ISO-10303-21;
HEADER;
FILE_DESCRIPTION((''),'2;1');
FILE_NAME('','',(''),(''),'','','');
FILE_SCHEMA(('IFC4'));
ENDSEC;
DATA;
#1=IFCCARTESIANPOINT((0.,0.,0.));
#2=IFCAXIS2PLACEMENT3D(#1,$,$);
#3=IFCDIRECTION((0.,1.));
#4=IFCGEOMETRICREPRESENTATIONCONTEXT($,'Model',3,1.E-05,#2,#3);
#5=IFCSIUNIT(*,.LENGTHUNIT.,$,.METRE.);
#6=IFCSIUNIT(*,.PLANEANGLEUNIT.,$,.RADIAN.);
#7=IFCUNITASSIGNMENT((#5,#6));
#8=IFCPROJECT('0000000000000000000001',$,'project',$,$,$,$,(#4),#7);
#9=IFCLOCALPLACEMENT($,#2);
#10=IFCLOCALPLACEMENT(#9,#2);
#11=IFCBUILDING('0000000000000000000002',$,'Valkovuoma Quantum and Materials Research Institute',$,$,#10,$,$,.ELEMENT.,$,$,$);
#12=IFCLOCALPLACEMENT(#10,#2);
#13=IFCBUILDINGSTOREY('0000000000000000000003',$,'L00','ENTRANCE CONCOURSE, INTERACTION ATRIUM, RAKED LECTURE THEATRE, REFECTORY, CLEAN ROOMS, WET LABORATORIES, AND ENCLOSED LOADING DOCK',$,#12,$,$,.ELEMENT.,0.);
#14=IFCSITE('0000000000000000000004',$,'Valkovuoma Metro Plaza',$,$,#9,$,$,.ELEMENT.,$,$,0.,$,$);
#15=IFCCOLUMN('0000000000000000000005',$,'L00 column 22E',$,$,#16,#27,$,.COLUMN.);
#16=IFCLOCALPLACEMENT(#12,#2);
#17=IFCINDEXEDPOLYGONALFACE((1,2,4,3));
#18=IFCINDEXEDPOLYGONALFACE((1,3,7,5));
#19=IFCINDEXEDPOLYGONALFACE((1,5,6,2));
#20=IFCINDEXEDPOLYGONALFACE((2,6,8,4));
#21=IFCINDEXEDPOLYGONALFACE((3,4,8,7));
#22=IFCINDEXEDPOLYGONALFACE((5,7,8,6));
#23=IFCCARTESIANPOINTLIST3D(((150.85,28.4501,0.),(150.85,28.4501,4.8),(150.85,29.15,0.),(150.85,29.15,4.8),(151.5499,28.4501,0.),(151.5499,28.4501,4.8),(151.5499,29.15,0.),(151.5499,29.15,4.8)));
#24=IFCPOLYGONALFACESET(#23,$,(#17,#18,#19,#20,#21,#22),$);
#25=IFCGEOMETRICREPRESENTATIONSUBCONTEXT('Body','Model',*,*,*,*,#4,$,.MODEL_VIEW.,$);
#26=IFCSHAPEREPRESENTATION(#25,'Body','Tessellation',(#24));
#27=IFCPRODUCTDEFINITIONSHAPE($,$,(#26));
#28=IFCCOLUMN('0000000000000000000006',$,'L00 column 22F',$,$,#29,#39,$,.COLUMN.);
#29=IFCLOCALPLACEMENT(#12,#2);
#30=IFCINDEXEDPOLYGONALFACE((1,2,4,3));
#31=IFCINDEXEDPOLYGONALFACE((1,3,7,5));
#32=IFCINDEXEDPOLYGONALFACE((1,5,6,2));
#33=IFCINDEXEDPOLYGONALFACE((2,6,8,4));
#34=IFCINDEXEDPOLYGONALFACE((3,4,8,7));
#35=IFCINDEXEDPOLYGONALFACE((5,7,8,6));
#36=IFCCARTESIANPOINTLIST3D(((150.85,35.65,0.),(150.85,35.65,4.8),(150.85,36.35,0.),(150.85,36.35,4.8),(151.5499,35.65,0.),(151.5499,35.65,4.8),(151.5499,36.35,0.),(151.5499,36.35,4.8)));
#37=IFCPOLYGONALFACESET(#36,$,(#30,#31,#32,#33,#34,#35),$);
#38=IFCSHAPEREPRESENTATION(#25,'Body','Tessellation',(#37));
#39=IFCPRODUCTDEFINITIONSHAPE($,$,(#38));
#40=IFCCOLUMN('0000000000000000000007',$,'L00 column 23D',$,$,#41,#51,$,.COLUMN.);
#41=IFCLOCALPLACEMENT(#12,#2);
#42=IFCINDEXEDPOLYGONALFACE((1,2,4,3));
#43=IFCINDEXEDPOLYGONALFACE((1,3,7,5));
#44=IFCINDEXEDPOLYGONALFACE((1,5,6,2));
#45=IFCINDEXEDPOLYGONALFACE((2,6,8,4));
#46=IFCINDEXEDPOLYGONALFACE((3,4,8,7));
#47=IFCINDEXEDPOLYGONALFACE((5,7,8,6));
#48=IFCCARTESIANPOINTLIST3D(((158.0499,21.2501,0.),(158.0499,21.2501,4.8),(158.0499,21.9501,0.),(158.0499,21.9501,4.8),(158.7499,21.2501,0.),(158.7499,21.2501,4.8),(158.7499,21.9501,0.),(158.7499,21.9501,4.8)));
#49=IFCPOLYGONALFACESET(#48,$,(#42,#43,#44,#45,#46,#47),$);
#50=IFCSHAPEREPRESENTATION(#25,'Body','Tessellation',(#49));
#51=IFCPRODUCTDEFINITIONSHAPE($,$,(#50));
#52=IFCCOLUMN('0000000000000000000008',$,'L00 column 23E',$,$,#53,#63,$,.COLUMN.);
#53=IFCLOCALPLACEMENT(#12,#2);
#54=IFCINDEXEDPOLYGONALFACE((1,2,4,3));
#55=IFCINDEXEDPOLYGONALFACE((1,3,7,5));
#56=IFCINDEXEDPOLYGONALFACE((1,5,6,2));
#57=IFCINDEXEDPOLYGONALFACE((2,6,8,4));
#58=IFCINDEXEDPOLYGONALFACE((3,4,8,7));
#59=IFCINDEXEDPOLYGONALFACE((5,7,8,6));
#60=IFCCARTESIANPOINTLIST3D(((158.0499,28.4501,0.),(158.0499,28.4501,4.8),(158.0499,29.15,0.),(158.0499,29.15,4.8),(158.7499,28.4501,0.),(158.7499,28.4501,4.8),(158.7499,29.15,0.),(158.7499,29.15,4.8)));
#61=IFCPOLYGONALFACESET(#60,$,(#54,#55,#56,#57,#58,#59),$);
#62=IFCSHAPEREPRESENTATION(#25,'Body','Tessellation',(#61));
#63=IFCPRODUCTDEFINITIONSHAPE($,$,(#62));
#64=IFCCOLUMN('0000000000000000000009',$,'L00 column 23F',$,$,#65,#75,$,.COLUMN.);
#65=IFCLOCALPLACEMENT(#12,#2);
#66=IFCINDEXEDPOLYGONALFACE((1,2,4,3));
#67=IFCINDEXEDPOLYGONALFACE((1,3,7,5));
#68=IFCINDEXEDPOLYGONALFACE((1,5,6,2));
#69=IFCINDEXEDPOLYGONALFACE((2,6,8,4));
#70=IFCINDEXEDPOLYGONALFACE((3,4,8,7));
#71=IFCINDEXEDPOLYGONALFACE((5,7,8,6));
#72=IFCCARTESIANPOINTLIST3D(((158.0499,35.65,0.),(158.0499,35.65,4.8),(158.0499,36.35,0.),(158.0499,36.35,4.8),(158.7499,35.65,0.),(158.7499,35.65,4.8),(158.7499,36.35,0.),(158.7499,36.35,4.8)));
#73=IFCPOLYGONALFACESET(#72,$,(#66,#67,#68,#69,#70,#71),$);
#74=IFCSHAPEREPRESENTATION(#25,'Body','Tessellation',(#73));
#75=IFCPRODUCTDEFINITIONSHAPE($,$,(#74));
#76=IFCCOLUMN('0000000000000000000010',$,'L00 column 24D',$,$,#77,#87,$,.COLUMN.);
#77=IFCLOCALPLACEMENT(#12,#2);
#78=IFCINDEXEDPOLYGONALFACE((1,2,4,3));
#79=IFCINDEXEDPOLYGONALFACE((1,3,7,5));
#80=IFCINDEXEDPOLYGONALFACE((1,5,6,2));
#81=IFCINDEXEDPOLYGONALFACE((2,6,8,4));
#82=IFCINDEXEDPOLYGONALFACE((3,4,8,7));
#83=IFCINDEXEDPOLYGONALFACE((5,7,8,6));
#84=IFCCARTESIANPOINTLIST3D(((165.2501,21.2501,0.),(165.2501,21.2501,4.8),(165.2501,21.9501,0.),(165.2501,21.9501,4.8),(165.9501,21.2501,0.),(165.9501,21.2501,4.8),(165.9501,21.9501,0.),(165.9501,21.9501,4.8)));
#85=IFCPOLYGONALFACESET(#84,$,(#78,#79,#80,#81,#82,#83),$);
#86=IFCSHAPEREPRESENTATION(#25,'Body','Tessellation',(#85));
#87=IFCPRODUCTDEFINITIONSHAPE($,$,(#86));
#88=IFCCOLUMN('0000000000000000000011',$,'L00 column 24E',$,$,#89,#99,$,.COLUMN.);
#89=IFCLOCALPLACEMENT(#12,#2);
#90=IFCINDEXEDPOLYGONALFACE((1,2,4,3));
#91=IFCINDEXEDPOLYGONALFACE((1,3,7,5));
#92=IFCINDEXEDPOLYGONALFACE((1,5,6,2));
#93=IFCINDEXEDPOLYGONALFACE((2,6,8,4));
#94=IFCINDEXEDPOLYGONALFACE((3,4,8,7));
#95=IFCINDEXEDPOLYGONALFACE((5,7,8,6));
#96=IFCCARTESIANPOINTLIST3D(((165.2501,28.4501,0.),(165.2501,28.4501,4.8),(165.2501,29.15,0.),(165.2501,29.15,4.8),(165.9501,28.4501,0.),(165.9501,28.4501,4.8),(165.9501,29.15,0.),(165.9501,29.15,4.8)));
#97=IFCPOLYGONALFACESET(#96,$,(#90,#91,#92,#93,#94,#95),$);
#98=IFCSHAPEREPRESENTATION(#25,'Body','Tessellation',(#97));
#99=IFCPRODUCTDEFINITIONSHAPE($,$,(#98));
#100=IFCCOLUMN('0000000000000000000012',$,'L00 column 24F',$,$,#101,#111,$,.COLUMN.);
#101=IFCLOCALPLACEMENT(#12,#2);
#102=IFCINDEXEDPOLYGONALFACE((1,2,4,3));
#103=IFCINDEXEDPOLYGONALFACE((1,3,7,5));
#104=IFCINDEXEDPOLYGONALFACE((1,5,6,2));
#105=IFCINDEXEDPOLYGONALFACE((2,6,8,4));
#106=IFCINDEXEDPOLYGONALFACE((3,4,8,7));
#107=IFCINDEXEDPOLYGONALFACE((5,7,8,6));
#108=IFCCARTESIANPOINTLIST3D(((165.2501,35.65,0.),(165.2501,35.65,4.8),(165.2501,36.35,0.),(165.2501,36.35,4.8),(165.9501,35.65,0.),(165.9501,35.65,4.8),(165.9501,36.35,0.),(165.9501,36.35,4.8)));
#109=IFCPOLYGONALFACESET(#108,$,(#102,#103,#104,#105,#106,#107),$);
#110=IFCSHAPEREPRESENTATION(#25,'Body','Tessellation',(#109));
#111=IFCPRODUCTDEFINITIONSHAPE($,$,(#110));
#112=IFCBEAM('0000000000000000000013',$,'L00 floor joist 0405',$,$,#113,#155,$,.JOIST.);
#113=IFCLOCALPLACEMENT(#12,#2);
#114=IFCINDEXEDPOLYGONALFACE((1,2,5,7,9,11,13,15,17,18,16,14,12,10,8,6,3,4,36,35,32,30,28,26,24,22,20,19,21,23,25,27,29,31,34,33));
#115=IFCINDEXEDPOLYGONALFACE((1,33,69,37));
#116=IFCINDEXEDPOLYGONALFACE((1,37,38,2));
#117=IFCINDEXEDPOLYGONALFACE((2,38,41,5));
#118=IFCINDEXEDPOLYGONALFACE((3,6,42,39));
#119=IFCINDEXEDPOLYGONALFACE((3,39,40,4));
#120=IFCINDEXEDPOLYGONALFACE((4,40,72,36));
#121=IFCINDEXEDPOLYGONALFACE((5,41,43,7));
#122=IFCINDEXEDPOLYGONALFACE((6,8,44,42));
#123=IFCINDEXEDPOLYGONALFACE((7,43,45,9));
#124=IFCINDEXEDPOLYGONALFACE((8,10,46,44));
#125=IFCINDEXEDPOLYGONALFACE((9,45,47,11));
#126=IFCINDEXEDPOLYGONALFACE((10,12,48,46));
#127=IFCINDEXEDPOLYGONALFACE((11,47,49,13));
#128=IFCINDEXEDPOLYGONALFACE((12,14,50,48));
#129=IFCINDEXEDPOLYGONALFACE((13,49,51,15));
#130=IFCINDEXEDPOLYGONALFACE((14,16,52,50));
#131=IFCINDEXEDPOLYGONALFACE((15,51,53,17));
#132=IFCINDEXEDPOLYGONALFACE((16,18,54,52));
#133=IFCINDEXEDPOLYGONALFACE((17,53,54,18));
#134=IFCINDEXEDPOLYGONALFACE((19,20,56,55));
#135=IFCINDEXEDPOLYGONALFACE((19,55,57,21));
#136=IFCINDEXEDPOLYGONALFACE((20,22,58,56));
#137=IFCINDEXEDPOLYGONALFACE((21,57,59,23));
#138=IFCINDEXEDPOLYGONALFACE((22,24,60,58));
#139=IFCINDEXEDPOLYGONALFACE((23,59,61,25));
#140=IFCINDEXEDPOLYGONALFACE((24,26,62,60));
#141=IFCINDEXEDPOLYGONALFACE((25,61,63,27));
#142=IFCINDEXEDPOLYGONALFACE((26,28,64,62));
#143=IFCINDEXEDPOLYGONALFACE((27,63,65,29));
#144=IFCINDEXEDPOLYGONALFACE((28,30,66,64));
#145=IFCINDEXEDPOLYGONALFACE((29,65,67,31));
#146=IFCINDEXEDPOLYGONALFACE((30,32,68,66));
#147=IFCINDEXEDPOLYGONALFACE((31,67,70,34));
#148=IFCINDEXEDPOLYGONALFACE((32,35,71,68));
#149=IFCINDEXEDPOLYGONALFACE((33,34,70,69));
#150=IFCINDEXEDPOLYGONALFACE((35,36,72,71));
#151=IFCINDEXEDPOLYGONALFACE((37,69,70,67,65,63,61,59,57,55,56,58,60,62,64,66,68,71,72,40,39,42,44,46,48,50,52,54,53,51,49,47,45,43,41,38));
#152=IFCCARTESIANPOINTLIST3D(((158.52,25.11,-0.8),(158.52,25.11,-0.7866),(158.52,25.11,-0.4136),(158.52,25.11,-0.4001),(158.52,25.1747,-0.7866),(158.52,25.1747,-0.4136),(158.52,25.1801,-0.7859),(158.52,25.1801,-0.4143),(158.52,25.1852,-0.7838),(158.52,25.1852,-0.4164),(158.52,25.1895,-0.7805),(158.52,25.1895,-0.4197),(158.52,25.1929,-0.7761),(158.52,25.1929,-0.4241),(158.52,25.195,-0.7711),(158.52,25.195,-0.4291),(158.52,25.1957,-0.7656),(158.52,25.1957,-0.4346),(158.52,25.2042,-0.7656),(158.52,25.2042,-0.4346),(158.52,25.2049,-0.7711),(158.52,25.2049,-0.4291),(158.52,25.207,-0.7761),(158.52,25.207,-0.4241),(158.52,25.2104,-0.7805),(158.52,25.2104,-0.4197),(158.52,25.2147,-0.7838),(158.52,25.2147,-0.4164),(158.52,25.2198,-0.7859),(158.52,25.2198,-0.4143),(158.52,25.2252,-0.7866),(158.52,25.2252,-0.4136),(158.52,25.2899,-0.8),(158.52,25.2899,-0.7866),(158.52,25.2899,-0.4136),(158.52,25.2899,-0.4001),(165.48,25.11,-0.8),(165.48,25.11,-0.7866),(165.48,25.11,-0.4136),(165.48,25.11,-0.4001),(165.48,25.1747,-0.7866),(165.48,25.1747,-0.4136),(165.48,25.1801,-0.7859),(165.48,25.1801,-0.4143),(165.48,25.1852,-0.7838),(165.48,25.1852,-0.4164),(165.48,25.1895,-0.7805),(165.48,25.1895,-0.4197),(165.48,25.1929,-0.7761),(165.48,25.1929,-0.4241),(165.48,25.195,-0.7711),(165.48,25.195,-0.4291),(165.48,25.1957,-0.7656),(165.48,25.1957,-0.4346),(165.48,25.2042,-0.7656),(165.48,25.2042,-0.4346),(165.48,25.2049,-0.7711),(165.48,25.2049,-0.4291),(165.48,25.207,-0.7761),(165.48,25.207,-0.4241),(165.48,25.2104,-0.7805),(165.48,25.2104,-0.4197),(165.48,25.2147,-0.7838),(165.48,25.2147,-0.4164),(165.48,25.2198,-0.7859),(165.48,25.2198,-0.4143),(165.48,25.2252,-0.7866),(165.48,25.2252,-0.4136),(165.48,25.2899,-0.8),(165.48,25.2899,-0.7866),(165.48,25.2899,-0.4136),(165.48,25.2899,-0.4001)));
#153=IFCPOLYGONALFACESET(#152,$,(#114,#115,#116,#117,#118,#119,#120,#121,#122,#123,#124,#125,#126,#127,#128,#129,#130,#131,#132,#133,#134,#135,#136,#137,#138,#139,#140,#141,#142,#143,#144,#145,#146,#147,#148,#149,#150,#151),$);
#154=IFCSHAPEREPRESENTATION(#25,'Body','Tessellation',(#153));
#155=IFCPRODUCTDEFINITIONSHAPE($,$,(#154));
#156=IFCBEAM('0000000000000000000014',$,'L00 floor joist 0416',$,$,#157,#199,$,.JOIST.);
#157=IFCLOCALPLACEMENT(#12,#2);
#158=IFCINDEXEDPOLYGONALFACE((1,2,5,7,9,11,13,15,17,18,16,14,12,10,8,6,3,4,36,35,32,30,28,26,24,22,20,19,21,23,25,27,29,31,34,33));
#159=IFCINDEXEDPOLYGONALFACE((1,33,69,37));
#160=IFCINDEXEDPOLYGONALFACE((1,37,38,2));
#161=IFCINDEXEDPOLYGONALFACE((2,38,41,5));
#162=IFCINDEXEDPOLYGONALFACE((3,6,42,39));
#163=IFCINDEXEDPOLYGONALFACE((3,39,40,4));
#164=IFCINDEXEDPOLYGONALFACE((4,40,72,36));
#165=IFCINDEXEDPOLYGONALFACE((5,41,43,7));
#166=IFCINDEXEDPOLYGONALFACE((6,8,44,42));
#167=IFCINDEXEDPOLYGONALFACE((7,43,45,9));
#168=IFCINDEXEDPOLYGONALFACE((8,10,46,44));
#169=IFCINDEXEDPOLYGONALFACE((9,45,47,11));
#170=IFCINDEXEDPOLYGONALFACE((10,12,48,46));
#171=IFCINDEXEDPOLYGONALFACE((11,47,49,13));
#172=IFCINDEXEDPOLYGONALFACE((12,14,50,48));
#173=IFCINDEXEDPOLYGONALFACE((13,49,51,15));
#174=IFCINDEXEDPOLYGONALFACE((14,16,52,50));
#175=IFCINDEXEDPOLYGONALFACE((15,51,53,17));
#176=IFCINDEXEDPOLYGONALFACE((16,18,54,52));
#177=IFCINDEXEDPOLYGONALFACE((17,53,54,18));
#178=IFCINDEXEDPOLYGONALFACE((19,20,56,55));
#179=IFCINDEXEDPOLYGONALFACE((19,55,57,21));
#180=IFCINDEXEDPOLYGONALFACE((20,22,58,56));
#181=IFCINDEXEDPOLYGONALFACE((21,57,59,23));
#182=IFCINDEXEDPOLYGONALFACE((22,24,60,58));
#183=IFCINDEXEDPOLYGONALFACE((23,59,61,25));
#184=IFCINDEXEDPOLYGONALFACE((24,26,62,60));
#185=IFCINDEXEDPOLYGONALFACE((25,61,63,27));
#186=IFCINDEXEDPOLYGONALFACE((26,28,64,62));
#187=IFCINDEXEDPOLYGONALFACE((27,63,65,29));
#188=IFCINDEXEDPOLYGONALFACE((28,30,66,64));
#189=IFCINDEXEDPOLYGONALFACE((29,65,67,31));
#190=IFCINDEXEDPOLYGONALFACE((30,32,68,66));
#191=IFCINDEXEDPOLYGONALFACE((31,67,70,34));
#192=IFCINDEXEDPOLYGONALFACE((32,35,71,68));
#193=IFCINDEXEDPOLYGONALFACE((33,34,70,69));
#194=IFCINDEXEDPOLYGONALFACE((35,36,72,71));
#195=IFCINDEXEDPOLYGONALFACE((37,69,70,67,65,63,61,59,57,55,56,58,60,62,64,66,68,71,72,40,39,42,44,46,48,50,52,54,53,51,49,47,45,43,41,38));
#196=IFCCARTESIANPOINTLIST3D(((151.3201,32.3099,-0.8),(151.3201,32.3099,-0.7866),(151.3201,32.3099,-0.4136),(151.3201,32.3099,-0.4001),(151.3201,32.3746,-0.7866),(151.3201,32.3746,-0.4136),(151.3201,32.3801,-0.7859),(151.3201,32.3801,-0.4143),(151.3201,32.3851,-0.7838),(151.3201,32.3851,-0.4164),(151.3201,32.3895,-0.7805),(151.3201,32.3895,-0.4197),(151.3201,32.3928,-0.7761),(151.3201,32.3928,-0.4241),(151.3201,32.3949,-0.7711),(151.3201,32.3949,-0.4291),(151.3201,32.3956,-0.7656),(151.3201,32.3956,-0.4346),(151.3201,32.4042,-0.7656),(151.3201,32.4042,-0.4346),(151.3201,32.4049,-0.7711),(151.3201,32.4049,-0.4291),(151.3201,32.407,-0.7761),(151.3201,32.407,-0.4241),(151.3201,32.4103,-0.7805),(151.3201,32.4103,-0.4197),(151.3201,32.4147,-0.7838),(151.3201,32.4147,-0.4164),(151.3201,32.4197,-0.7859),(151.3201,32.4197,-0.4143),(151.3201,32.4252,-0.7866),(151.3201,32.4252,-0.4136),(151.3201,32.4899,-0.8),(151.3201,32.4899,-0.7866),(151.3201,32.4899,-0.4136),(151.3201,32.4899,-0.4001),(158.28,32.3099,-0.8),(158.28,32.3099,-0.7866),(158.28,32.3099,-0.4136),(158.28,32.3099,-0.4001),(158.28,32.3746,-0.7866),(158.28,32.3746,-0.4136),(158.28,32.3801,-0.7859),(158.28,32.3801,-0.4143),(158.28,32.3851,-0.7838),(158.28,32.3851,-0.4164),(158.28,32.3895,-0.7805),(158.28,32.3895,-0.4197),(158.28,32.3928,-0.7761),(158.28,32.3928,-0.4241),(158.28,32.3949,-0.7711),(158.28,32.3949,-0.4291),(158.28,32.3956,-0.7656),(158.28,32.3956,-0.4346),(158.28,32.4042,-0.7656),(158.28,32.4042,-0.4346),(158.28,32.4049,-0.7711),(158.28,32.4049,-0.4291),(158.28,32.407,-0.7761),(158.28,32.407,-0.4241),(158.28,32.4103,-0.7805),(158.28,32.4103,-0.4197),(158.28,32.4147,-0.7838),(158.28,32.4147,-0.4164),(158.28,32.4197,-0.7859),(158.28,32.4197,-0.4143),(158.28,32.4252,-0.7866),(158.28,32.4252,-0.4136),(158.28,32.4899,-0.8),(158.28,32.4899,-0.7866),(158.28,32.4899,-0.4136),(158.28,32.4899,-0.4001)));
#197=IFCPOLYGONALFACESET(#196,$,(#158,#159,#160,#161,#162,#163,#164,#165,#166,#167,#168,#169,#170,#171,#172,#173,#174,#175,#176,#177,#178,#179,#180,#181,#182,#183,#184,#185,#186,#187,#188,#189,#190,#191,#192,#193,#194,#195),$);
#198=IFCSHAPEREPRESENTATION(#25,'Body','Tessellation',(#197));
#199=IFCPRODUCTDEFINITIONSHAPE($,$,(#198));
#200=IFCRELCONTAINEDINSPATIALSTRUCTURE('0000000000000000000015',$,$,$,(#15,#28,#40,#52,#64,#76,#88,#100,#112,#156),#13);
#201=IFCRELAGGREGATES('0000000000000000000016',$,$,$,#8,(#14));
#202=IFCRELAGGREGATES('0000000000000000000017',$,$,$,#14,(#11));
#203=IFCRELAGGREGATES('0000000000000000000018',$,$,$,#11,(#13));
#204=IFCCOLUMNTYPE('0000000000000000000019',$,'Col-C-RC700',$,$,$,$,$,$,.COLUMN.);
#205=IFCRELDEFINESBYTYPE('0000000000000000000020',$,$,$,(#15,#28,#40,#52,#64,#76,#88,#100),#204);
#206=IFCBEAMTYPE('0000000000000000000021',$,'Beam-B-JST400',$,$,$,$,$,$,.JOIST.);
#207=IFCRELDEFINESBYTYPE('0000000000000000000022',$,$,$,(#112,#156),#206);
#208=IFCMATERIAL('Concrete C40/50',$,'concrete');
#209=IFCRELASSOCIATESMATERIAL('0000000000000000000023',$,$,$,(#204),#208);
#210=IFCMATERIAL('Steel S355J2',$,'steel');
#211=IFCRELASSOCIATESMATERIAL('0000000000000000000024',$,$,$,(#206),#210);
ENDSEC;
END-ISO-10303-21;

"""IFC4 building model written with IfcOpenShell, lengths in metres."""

from ifc_helpers import new_model, si_unit, direction, frame, origin, origin_2d, place, context, subcontext, project, spatial, rectangle, i_section, extrude, material, material_profile, profile_set, type_object, element, save


model = new_model("IFC4")

# Units and contexts
model_context = context("Model", 3, precision=1e-05, world=origin(), true_north=direction((0.0, 1.0)))
body_context = subcontext(model_context, "Body", "Model", "MODEL_VIEW")
ifc_project = project(units=[si_unit("LENGTHUNIT", "METRE"), si_unit("PLANEANGLEUNIT", "RADIAN")], contexts=[model_context])

# Site, building, storey
site_placement = place(None, origin())
site = spatial("IfcSite", under=ifc_project, at=site_placement, Name="Valkovuoma Metro Plaza", CompositionType="ELEMENT", RefElevation=0.0)
building_placement = place(site_placement, origin())
building = spatial("IfcBuilding", under=site, at=building_placement, Name="Valkovuoma Quantum and Materials Research Institute", CompositionType="ELEMENT")
storey_placement = place(building_placement, origin())
storey = spatial("IfcBuildingStorey", under=building, at=storey_placement, Name="L00", Description="ENTRANCE CONCOURSE, INTERACTION ATRIUM, RAKED LECTURE THEATRE, REFECTORY, CLEAN ROOMS, WET LABORATORIES, AND ENCLOSED LOADING DOCK", CompositionType="ELEMENT", Elevation=0.0)

# Columns
ifc_material_1 = material(Name="Concrete C40/50", Category="concrete")
ifc_material_profile_1 = material_profile(ifc_material_1, rectangle(XDim=0.7, YDim=0.7, at=origin_2d()), Name="Concrete C40/50")
ifc_profile_set_1 = profile_set([ifc_material_profile_1], Name="Concrete C40/50")
column_type = type_object("IfcColumnType", Name="Col-C-RC700", PredefinedType="COLUMN", material=ifc_profile_set_1)
for number, where, z_axis, x_axis, name in (
    (1, (151.2, 28.8, 0.0), (0.0, 0.0, 1.0), (1.0, 0.0, 0.0), "L00 column 22E"),
    (2, (151.2, 36.0, 0.0), (0.0, 0.0, 1.0), (1.0, 0.0, 0.0), "L00 column 22F"),
    (3, (158.3999, 21.6001, 0.0), (0.0, 0.0, 1.0), (1.0, 0.0, 0.0), "L00 column 23D"),
    (4, (158.3999, 28.8, 0.0), (0.0, 0.0, 1.0), (1.0, 0.0, 0.0), "L00 column 23E"),
    (5, (158.3999, 36.0, 0.0), (0.0, 0.0, 1.0), (1.0, 0.0, 0.0), "L00 column 23F"),
    (6, (165.6001, 21.6001, 0.0), (0.0, 0.0, 1.0), (1.0, 0.0, 0.0), "L00 column 24D"),
    (7, (165.6001, 28.8, 0.0), (0.0, 0.0, 1.0), (1.0, 0.0, 0.0), "L00 column 24E"),
    (8, (165.6001, 36.0, 0.0), (0.0, 0.0, 1.0), (1.0, 0.0, 0.0), "L00 column 24F"),
):
    element("IfcColumn", number, at=place(storey_placement, frame(where, z_axis=z_axis, x_axis=x_axis)), inside=storey, type_object=column_type, Name=name, PredefinedType="COLUMN", context=body_context, shape_type="SweptSolid", body=[
        extrude(rectangle(XDim=0.7, YDim=0.7, at=origin_2d()), origin(), (0.0, 0.0, 1.0), 4.8),
    ])

# Beams
ifc_material_2 = material(Name="Steel S355J2", Category="steel")
ifc_material_profile_2 = material_profile(ifc_material_2, i_section(OverallWidth=0.1799, OverallDepth=0.3999, WebThickness=0.0085, FlangeThickness=0.0134, FilletRadius=0.021, at=origin_2d()), Name="Steel S355J2")
ifc_profile_set_2 = profile_set([ifc_material_profile_2], Name="Steel S355J2")
beam_type_1 = type_object("IfcBeamType", Name="Beam-B-JST400", PredefinedType="JOIST", material=ifc_profile_set_2)
for number, where, z_axis, x_axis, name in (
    (9, (158.52, 25.2, -0.6001), (1.0, 0.0, 0.0), (0.0, 1.0, 0.0), "L00 floor joist 0405"),
    (10, (151.3201, 32.3999, -0.6001), (1.0, 0.0, 0.0), (0.0, 1.0, 0.0), "L00 floor joist 0416"),
):
    element("IfcBeam", number, at=place(storey_placement, frame(where, z_axis=z_axis, x_axis=x_axis)), inside=storey, type_object=beam_type_1, Name=name, PredefinedType="JOIST", context=body_context, shape_type="SweptSolid", body=[
        extrude(i_section(OverallWidth=0.1799, OverallDepth=0.3999, WebThickness=0.0085, FlangeThickness=0.0134, FilletRadius=0.021, at=origin_2d()), origin(), (0.0, 0.0, 1.0), 6.96),
    ])

save(model, "model.ifc")
